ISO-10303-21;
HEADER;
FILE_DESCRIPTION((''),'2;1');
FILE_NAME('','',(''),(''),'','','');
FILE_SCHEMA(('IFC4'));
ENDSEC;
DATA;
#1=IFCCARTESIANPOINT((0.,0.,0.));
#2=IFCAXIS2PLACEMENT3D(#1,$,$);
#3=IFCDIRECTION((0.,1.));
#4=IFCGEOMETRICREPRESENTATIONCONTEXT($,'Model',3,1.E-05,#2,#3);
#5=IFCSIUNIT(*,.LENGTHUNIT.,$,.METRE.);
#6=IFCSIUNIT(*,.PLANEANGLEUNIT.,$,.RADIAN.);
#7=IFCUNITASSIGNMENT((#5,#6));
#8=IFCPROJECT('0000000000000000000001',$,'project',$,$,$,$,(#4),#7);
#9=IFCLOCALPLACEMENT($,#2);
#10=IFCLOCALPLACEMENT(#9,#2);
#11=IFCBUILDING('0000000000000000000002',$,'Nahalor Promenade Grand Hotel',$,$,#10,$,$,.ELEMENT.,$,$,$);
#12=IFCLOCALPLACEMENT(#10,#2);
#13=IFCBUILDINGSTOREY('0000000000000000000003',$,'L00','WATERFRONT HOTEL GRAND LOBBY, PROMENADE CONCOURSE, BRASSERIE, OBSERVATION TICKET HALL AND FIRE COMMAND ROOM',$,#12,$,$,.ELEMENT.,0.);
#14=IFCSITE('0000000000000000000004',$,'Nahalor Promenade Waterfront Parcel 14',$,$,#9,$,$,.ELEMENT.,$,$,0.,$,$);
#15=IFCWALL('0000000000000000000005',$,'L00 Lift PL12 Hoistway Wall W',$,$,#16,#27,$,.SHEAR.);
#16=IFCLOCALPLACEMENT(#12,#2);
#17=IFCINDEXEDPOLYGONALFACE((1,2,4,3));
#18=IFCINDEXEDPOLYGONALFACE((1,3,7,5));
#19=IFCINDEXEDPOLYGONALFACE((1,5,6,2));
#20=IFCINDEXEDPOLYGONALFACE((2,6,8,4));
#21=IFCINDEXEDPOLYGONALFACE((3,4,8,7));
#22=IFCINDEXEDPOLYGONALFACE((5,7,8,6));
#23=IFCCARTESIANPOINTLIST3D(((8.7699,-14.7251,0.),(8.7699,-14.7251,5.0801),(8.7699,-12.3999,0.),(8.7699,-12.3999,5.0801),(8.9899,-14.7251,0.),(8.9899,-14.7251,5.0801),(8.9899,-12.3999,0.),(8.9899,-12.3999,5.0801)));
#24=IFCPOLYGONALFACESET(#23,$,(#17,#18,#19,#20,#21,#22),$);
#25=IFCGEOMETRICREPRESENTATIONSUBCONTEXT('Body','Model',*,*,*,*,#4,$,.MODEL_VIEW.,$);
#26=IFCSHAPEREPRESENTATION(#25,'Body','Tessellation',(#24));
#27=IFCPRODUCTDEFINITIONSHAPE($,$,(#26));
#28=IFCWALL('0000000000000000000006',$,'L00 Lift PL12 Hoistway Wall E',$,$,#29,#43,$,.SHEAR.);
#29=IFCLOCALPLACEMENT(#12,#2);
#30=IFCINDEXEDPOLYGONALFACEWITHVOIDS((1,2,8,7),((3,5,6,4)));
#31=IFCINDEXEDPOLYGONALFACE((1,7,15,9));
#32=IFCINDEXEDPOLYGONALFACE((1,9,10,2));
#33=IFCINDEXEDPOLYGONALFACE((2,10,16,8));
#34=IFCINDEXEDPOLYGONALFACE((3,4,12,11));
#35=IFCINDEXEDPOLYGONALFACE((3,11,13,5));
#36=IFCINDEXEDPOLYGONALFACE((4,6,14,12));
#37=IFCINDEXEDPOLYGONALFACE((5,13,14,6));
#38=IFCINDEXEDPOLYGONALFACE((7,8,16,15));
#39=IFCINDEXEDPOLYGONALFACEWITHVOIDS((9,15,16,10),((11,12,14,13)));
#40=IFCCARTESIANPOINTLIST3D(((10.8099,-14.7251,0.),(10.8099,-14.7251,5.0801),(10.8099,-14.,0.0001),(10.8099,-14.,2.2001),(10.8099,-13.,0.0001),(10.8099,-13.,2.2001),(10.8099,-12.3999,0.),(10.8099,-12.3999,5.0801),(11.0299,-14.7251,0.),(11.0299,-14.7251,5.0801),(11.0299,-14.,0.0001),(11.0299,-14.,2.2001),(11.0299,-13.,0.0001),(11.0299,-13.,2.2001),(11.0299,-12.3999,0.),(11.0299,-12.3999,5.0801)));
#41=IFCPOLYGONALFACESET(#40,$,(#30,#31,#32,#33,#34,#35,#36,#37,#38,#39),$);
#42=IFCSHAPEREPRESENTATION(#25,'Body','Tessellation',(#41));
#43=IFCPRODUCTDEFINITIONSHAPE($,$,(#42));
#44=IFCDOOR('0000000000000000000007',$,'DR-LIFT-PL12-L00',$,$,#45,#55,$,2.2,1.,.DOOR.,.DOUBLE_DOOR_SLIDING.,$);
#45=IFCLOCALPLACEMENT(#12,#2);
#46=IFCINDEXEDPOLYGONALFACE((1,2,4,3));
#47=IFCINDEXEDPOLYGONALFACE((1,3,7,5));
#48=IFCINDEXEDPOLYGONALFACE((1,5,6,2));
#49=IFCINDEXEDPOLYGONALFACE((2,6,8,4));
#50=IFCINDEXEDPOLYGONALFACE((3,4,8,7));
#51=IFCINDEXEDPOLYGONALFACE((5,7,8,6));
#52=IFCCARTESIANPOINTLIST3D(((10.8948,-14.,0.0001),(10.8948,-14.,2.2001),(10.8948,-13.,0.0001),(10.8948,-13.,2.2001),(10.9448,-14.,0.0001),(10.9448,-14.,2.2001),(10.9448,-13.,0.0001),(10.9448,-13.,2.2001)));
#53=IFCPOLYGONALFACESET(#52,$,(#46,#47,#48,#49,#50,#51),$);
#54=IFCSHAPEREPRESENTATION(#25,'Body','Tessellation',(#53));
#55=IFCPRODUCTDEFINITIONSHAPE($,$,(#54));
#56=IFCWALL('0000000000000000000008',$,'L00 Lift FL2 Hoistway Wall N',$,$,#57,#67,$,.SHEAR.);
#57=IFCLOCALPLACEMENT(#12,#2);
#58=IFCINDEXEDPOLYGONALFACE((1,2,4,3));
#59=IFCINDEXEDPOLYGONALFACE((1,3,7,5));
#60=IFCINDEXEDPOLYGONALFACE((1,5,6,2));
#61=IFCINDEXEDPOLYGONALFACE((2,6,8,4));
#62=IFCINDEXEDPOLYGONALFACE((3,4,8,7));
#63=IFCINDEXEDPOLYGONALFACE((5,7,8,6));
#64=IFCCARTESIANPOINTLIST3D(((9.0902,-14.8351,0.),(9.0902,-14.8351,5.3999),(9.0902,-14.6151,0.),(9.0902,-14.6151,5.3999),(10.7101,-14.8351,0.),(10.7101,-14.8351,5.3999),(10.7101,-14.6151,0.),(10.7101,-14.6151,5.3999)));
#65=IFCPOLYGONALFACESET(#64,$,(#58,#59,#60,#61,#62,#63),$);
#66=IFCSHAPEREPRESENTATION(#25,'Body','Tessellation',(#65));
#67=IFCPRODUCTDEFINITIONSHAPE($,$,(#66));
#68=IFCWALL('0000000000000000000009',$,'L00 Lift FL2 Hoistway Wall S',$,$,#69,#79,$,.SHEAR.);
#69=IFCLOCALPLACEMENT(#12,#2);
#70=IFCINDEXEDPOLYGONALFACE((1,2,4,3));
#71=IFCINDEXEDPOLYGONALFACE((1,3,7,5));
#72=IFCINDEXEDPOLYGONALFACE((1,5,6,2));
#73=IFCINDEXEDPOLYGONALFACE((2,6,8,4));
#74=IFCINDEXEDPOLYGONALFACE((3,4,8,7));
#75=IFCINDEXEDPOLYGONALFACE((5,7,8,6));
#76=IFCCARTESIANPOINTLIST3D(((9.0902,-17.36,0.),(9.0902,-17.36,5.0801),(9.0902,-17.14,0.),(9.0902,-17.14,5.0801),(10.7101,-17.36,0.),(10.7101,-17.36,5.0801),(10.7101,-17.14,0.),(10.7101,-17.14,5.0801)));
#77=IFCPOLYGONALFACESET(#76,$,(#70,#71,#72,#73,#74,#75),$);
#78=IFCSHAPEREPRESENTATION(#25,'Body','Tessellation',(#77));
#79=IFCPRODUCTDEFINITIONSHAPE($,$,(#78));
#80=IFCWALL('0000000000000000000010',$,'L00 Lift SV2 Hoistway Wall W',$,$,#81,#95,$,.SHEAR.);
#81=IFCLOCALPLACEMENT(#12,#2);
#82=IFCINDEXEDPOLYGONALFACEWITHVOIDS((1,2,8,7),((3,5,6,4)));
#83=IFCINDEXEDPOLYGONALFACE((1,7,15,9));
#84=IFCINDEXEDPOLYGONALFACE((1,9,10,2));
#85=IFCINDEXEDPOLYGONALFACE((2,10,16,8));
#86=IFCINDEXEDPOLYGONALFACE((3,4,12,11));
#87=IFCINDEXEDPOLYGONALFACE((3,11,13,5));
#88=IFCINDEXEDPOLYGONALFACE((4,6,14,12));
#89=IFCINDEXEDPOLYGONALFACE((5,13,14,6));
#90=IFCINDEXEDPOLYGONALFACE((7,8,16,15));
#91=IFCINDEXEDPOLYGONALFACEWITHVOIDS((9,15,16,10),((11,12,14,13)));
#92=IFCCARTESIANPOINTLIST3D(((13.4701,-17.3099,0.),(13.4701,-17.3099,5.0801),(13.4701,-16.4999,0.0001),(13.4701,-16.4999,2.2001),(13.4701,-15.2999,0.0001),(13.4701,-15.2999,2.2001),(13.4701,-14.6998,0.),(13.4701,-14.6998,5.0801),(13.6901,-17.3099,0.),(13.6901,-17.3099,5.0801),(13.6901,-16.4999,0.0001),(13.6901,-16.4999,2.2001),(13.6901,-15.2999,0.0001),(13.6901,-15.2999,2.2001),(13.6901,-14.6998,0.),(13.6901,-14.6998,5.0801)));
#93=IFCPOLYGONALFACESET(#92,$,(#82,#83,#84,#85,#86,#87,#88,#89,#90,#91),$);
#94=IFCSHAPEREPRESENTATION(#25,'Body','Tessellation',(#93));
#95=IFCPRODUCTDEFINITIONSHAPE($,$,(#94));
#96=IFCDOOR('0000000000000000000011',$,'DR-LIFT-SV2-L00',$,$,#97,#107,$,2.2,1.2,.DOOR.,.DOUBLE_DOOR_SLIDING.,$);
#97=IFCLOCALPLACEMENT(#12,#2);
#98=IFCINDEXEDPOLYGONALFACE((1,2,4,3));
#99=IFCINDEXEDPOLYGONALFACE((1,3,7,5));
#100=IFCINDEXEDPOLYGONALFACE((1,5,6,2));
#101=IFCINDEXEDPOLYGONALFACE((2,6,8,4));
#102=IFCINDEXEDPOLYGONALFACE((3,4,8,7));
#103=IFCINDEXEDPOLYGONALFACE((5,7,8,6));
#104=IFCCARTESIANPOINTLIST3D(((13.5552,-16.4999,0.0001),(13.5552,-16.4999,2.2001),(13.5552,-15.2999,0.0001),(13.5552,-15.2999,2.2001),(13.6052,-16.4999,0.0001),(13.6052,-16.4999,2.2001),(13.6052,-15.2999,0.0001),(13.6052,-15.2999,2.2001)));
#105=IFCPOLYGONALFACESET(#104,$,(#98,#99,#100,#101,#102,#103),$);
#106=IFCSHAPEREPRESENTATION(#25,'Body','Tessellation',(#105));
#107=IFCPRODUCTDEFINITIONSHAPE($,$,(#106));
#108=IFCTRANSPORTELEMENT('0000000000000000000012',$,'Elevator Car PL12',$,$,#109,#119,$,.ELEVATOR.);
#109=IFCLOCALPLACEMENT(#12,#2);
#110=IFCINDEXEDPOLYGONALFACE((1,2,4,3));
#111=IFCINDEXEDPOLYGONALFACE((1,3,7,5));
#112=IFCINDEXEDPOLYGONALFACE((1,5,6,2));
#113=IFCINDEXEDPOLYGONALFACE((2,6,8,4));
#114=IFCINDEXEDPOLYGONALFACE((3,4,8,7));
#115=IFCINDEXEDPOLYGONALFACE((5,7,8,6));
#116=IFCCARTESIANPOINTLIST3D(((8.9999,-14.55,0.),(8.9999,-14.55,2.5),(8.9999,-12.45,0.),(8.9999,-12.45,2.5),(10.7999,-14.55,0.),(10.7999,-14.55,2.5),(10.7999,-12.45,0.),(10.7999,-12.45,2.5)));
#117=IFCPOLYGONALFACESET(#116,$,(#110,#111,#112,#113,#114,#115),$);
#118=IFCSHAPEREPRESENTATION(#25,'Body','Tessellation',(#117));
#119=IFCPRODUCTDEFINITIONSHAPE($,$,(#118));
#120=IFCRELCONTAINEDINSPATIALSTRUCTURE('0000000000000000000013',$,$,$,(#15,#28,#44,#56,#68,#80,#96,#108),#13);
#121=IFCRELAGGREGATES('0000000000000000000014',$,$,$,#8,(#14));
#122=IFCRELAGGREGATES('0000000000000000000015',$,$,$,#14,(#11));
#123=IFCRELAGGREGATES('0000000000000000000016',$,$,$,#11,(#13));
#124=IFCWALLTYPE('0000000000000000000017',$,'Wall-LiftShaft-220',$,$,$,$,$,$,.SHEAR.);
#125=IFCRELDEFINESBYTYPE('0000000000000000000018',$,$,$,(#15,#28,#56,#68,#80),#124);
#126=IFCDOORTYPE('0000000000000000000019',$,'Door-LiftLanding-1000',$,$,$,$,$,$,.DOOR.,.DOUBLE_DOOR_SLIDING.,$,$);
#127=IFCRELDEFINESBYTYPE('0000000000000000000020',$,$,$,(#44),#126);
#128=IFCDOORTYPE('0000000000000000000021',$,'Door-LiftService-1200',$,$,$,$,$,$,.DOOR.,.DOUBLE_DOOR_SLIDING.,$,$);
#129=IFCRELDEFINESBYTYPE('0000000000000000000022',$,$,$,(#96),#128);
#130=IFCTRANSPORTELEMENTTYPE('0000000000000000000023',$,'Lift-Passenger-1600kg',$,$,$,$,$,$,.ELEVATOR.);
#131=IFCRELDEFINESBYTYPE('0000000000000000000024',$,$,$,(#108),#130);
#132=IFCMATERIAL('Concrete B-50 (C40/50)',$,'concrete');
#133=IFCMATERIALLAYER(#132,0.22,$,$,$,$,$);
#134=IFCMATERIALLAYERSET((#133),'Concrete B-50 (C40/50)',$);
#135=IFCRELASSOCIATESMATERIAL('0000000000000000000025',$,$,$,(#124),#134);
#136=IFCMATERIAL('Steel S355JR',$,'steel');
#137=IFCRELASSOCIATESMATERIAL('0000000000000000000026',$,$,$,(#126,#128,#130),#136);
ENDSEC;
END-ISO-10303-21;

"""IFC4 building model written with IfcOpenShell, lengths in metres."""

from ifc_helpers import new_model, si_unit, direction, frame, frame_2d, origin, origin_2d, place, context, subcontext, project, spatial, rectangle, extrude, source, transform, mapped, material, layer, layer_set, type_object, element, fill, save


model = new_model("IFC4")

# Units and contexts
model_context = context("Model", 3, precision=1e-05, world=origin(), true_north=direction((0.0, 1.0)))
body_context = subcontext(model_context, "Body", "Model", "MODEL_VIEW")
ifc_project = project(units=[si_unit("LENGTHUNIT", "METRE"), si_unit("PLANEANGLEUNIT", "RADIAN")], contexts=[model_context])

# Site, building, storey
site_placement = place(None, origin())
site = spatial("IfcSite", under=ifc_project, at=site_placement, Name="Nahalor Promenade Waterfront Parcel 14", CompositionType="ELEMENT", RefElevation=0.0)
building_placement = place(site_placement, origin())
building = spatial("IfcBuilding", under=site, at=building_placement, Name="Nahalor Promenade Grand Hotel", CompositionType="ELEMENT")
storey_placement = place(building_placement, origin())
storey = spatial("IfcBuildingStorey", under=building, at=storey_placement, Name="L00", Description="WATERFRONT HOTEL GRAND LOBBY, PROMENADE CONCOURSE, BRASSERIE, OBSERVATION TICKET HALL AND FIRE COMMAND ROOM", CompositionType="ELEMENT", Elevation=0.0)

# Shared definitions
ifc_material_1 = material(Name="Steel S355JR", Category="steel")

# Shared definitions
ifc_material_2 = material(Name="Concrete B-50 (C40/50)", Category="concrete")

# Shared definitions
ifc_layer_1 = layer(ifc_material_2, 0.22)
ifc_layer_set_1 = layer_set([ifc_layer_1], Name="Concrete B-50 (C40/50)")
wall_type_1 = type_object("IfcWallType", Name="Wall-LiftShaft-220", PredefinedType="SHEAR", material=ifc_layer_set_1)

# Shared definitions
door_type_1 = type_object("IfcDoorType", Name="Door-LiftLanding-1000", OperationType="DOUBLE_DOOR_SLIDING", PredefinedType="DOOR", material=ifc_material_1)
shared_shape_1 = source(origin(), body_context, "Body", "SweptSolid", [
    extrude(rectangle(XDim=1.0, YDim=2.2, at=frame_2d((0.5, 1.1001))), frame((0.0, 0.0249, 0.0), z_axis=(0.0, -1.0, 0.0), x_axis=(1.0, 0.0, 0.0)), (0.0, 0.0, 1.0), 0.05),
])

# Wall
shared_shape_2 = source(origin(), body_context, "Body", "SweptSolid", [
    extrude(rectangle(XDim=2.3252, YDim=0.22, at=frame_2d((1.1626, 0.0))), origin(), (0.0, 0.0, 1.0), 5.0801),
])
wall_1_placement = place(storey_placement, frame((8.8799, -14.7251, 0.0), z_axis=(0.0, 0.0, 1.0), x_axis=(0.0, 1.0, 0.0)))
element("IfcWall", 1, at=wall_1_placement, inside=storey, type_object=wall_type_1, Name="L00 Lift PL12 Hoistway Wall W", PredefinedType="SHEAR", context=body_context, shape_type="MappedRepresentation", body=[
    mapped(shared_shape_2, transform((0.0, 0.0, 0.0), scale=1.0)),
])

# Wall, opening, door
wall_2_placement = place(storey_placement, frame((10.9199, -14.7251, 0.0), z_axis=(0.0, 0.0, 1.0), x_axis=(0.0, 1.0, 0.0)))
wall_2 = element("IfcWall", 2, at=wall_2_placement, inside=storey, type_object=wall_type_1, Name="L00 Lift PL12 Hoistway Wall E", PredefinedType="SHEAR", context=body_context, shape_type="MappedRepresentation", body=[
    mapped(shared_shape_2, transform((0.0, 0.0, 0.0), scale=1.0)),
])
opening_1_placement = place(wall_2_placement, frame((0.7251, 0.0, 0.0)))
opening_1 = element("IfcOpeningElement", 3, at=opening_1_placement, cuts=wall_2, PredefinedType="OPENING", context=body_context, shape_type="SweptSolid", body=[
    extrude(rectangle(XDim=1.0, YDim=2.2, at=frame_2d((0.5, 1.1001))), frame((0.0, 0.1199, 0.0), z_axis=(0.0, -1.0, 0.0), x_axis=(1.0, 0.0, 0.0)), (0.0, 0.0, 1.0), 0.24),
])
door_1_placement = place(opening_1_placement, frame((1.0, 0.0, 0.0), z_axis=(0.0, 0.0, 1.0), x_axis=(-1.0, 0.0, 0.0)))
door_1 = element("IfcDoor", 4, at=door_1_placement, inside=storey, type_object=door_type_1, Name="DR-LIFT-PL12-L00", OperationType="DOUBLE_DOOR_SLIDING", OverallHeight=2.2, OverallWidth=1.0, PredefinedType="DOOR", context=body_context, shape_type="MappedRepresentation", body=[
    mapped(shared_shape_1, transform((0.0, 0.0, 0.0), scale=1.0)),
])
fill(opening_1, door_1)

# Walls
shared_shape_3 = source(origin(), body_context, "Body", "SweptSolid", [
    extrude(rectangle(XDim=1.6199, YDim=0.22, at=frame_2d((0.8101, 0.0))), origin(), (0.0, 0.0, 1.0), 5.3999),
])
wall_3_placement = place(storey_placement, frame((9.0901, -14.7251, 0.0), z_axis=(0.0, 0.0, 1.0), x_axis=(1.0, 0.0, 0.0)))
element("IfcWall", 5, at=wall_3_placement, inside=storey, type_object=wall_type_1, Name="L00 Lift FL2 Hoistway Wall N", PredefinedType="SHEAR", context=body_context, shape_type="MappedRepresentation", body=[
    mapped(shared_shape_3, transform((0.0, 0.0, 0.0), scale=1.0)),
])
shared_shape_4 = source(origin(), body_context, "Body", "SweptSolid", [
    extrude(rectangle(XDim=1.6199, YDim=0.22, at=frame_2d((0.8101, 0.0))), origin(), (0.0, 0.0, 1.0), 5.0801),
])
wall_4_placement = place(storey_placement, frame((9.0901, -17.25, 0.0), z_axis=(0.0, 0.0, 1.0), x_axis=(1.0, 0.0, 0.0)))
element("IfcWall", 6, at=wall_4_placement, inside=storey, type_object=wall_type_1, Name="L00 Lift FL2 Hoistway Wall S", PredefinedType="SHEAR", context=body_context, shape_type="MappedRepresentation", body=[
    mapped(shared_shape_4, transform((0.0, 0.0, 0.0), scale=1.0)),
])

# Wall, opening, door
shared_shape_5 = source(origin(), body_context, "Body", "SweptSolid", [
    extrude(rectangle(XDim=2.6101, YDim=0.22, at=frame_2d((1.3052, 0.0))), origin(), (0.0, 0.0, 1.0), 5.0801),
])
wall_5_placement = place(storey_placement, frame((13.5801, -17.3101, 0.0), z_axis=(0.0, 0.0, 1.0), x_axis=(0.0, 1.0, 0.0)))
wall_5 = element("IfcWall", 7, at=wall_5_placement, inside=storey, type_object=wall_type_1, Name="L00 Lift SV2 Hoistway Wall W", PredefinedType="SHEAR", context=body_context, shape_type="MappedRepresentation", body=[
    mapped(shared_shape_5, transform((0.0, 0.0, 0.0), scale=1.0)),
])
opening_2_placement = place(wall_5_placement, frame((0.8101, 0.0, 0.0)))
opening_2 = element("IfcOpeningElement", 8, at=opening_2_placement, cuts=wall_5, PredefinedType="OPENING", context=body_context, shape_type="SweptSolid", body=[
    extrude(rectangle(XDim=1.2, YDim=2.2, at=frame_2d((0.6001, 1.1001))), frame((0.0, 0.1199, 0.0), z_axis=(0.0, -1.0, 0.0), x_axis=(1.0, 0.0, 0.0)), (0.0, 0.0, 1.0), 0.24),
])
door_type_2 = type_object("IfcDoorType", Name="Door-LiftService-1200", OperationType="DOUBLE_DOOR_SLIDING", PredefinedType="DOOR", material=ifc_material_1)
shared_shape_6 = source(origin(), body_context, "Body", "SweptSolid", [
    extrude(rectangle(XDim=1.2, YDim=2.2, at=frame_2d((0.6001, 1.1001))), frame((0.0, 0.0249, 0.0), z_axis=(0.0, -1.0, 0.0), x_axis=(1.0, 0.0, 0.0)), (0.0, 0.0, 1.0), 0.05),
])
door_2_placement = place(opening_2_placement, origin())
door_2 = element("IfcDoor", 9, at=door_2_placement, inside=storey, type_object=door_type_2, Name="DR-LIFT-SV2-L00", OperationType="DOUBLE_DOOR_SLIDING", OverallHeight=2.2, OverallWidth=1.2, PredefinedType="DOOR", context=body_context, shape_type="MappedRepresentation", body=[
    mapped(shared_shape_6, transform((0.0, 0.0, 0.0), scale=1.0)),
])
fill(opening_2, door_2)

# Transport element
transport_element_type = type_object("IfcTransportElementType", Name="Lift-Passenger-1600kg", PredefinedType="ELEVATOR", material=ifc_material_1)
shared_shape_7 = source(origin(), body_context, "Body", "SweptSolid", [
    extrude(rectangle(XDim=1.8, YDim=2.1001, at=origin_2d()), origin(), (0.0, 0.0, 1.0), 2.5),
])
transport_element_placement = place(storey_placement, frame((9.8999, -13.5, 0.0), z_axis=(0.0, 0.0, 1.0), x_axis=(1.0, 0.0, 0.0)))
element("IfcTransportElement", 10, at=transport_element_placement, inside=storey, type_object=transport_element_type, Name="Elevator Car PL12", PredefinedType="ELEVATOR", context=body_context, shape_type="MappedRepresentation", body=[
    mapped(shared_shape_7, transform((0.0, 0.0, 0.0), scale=1.0)),
])

save(model, "model.ifc")
